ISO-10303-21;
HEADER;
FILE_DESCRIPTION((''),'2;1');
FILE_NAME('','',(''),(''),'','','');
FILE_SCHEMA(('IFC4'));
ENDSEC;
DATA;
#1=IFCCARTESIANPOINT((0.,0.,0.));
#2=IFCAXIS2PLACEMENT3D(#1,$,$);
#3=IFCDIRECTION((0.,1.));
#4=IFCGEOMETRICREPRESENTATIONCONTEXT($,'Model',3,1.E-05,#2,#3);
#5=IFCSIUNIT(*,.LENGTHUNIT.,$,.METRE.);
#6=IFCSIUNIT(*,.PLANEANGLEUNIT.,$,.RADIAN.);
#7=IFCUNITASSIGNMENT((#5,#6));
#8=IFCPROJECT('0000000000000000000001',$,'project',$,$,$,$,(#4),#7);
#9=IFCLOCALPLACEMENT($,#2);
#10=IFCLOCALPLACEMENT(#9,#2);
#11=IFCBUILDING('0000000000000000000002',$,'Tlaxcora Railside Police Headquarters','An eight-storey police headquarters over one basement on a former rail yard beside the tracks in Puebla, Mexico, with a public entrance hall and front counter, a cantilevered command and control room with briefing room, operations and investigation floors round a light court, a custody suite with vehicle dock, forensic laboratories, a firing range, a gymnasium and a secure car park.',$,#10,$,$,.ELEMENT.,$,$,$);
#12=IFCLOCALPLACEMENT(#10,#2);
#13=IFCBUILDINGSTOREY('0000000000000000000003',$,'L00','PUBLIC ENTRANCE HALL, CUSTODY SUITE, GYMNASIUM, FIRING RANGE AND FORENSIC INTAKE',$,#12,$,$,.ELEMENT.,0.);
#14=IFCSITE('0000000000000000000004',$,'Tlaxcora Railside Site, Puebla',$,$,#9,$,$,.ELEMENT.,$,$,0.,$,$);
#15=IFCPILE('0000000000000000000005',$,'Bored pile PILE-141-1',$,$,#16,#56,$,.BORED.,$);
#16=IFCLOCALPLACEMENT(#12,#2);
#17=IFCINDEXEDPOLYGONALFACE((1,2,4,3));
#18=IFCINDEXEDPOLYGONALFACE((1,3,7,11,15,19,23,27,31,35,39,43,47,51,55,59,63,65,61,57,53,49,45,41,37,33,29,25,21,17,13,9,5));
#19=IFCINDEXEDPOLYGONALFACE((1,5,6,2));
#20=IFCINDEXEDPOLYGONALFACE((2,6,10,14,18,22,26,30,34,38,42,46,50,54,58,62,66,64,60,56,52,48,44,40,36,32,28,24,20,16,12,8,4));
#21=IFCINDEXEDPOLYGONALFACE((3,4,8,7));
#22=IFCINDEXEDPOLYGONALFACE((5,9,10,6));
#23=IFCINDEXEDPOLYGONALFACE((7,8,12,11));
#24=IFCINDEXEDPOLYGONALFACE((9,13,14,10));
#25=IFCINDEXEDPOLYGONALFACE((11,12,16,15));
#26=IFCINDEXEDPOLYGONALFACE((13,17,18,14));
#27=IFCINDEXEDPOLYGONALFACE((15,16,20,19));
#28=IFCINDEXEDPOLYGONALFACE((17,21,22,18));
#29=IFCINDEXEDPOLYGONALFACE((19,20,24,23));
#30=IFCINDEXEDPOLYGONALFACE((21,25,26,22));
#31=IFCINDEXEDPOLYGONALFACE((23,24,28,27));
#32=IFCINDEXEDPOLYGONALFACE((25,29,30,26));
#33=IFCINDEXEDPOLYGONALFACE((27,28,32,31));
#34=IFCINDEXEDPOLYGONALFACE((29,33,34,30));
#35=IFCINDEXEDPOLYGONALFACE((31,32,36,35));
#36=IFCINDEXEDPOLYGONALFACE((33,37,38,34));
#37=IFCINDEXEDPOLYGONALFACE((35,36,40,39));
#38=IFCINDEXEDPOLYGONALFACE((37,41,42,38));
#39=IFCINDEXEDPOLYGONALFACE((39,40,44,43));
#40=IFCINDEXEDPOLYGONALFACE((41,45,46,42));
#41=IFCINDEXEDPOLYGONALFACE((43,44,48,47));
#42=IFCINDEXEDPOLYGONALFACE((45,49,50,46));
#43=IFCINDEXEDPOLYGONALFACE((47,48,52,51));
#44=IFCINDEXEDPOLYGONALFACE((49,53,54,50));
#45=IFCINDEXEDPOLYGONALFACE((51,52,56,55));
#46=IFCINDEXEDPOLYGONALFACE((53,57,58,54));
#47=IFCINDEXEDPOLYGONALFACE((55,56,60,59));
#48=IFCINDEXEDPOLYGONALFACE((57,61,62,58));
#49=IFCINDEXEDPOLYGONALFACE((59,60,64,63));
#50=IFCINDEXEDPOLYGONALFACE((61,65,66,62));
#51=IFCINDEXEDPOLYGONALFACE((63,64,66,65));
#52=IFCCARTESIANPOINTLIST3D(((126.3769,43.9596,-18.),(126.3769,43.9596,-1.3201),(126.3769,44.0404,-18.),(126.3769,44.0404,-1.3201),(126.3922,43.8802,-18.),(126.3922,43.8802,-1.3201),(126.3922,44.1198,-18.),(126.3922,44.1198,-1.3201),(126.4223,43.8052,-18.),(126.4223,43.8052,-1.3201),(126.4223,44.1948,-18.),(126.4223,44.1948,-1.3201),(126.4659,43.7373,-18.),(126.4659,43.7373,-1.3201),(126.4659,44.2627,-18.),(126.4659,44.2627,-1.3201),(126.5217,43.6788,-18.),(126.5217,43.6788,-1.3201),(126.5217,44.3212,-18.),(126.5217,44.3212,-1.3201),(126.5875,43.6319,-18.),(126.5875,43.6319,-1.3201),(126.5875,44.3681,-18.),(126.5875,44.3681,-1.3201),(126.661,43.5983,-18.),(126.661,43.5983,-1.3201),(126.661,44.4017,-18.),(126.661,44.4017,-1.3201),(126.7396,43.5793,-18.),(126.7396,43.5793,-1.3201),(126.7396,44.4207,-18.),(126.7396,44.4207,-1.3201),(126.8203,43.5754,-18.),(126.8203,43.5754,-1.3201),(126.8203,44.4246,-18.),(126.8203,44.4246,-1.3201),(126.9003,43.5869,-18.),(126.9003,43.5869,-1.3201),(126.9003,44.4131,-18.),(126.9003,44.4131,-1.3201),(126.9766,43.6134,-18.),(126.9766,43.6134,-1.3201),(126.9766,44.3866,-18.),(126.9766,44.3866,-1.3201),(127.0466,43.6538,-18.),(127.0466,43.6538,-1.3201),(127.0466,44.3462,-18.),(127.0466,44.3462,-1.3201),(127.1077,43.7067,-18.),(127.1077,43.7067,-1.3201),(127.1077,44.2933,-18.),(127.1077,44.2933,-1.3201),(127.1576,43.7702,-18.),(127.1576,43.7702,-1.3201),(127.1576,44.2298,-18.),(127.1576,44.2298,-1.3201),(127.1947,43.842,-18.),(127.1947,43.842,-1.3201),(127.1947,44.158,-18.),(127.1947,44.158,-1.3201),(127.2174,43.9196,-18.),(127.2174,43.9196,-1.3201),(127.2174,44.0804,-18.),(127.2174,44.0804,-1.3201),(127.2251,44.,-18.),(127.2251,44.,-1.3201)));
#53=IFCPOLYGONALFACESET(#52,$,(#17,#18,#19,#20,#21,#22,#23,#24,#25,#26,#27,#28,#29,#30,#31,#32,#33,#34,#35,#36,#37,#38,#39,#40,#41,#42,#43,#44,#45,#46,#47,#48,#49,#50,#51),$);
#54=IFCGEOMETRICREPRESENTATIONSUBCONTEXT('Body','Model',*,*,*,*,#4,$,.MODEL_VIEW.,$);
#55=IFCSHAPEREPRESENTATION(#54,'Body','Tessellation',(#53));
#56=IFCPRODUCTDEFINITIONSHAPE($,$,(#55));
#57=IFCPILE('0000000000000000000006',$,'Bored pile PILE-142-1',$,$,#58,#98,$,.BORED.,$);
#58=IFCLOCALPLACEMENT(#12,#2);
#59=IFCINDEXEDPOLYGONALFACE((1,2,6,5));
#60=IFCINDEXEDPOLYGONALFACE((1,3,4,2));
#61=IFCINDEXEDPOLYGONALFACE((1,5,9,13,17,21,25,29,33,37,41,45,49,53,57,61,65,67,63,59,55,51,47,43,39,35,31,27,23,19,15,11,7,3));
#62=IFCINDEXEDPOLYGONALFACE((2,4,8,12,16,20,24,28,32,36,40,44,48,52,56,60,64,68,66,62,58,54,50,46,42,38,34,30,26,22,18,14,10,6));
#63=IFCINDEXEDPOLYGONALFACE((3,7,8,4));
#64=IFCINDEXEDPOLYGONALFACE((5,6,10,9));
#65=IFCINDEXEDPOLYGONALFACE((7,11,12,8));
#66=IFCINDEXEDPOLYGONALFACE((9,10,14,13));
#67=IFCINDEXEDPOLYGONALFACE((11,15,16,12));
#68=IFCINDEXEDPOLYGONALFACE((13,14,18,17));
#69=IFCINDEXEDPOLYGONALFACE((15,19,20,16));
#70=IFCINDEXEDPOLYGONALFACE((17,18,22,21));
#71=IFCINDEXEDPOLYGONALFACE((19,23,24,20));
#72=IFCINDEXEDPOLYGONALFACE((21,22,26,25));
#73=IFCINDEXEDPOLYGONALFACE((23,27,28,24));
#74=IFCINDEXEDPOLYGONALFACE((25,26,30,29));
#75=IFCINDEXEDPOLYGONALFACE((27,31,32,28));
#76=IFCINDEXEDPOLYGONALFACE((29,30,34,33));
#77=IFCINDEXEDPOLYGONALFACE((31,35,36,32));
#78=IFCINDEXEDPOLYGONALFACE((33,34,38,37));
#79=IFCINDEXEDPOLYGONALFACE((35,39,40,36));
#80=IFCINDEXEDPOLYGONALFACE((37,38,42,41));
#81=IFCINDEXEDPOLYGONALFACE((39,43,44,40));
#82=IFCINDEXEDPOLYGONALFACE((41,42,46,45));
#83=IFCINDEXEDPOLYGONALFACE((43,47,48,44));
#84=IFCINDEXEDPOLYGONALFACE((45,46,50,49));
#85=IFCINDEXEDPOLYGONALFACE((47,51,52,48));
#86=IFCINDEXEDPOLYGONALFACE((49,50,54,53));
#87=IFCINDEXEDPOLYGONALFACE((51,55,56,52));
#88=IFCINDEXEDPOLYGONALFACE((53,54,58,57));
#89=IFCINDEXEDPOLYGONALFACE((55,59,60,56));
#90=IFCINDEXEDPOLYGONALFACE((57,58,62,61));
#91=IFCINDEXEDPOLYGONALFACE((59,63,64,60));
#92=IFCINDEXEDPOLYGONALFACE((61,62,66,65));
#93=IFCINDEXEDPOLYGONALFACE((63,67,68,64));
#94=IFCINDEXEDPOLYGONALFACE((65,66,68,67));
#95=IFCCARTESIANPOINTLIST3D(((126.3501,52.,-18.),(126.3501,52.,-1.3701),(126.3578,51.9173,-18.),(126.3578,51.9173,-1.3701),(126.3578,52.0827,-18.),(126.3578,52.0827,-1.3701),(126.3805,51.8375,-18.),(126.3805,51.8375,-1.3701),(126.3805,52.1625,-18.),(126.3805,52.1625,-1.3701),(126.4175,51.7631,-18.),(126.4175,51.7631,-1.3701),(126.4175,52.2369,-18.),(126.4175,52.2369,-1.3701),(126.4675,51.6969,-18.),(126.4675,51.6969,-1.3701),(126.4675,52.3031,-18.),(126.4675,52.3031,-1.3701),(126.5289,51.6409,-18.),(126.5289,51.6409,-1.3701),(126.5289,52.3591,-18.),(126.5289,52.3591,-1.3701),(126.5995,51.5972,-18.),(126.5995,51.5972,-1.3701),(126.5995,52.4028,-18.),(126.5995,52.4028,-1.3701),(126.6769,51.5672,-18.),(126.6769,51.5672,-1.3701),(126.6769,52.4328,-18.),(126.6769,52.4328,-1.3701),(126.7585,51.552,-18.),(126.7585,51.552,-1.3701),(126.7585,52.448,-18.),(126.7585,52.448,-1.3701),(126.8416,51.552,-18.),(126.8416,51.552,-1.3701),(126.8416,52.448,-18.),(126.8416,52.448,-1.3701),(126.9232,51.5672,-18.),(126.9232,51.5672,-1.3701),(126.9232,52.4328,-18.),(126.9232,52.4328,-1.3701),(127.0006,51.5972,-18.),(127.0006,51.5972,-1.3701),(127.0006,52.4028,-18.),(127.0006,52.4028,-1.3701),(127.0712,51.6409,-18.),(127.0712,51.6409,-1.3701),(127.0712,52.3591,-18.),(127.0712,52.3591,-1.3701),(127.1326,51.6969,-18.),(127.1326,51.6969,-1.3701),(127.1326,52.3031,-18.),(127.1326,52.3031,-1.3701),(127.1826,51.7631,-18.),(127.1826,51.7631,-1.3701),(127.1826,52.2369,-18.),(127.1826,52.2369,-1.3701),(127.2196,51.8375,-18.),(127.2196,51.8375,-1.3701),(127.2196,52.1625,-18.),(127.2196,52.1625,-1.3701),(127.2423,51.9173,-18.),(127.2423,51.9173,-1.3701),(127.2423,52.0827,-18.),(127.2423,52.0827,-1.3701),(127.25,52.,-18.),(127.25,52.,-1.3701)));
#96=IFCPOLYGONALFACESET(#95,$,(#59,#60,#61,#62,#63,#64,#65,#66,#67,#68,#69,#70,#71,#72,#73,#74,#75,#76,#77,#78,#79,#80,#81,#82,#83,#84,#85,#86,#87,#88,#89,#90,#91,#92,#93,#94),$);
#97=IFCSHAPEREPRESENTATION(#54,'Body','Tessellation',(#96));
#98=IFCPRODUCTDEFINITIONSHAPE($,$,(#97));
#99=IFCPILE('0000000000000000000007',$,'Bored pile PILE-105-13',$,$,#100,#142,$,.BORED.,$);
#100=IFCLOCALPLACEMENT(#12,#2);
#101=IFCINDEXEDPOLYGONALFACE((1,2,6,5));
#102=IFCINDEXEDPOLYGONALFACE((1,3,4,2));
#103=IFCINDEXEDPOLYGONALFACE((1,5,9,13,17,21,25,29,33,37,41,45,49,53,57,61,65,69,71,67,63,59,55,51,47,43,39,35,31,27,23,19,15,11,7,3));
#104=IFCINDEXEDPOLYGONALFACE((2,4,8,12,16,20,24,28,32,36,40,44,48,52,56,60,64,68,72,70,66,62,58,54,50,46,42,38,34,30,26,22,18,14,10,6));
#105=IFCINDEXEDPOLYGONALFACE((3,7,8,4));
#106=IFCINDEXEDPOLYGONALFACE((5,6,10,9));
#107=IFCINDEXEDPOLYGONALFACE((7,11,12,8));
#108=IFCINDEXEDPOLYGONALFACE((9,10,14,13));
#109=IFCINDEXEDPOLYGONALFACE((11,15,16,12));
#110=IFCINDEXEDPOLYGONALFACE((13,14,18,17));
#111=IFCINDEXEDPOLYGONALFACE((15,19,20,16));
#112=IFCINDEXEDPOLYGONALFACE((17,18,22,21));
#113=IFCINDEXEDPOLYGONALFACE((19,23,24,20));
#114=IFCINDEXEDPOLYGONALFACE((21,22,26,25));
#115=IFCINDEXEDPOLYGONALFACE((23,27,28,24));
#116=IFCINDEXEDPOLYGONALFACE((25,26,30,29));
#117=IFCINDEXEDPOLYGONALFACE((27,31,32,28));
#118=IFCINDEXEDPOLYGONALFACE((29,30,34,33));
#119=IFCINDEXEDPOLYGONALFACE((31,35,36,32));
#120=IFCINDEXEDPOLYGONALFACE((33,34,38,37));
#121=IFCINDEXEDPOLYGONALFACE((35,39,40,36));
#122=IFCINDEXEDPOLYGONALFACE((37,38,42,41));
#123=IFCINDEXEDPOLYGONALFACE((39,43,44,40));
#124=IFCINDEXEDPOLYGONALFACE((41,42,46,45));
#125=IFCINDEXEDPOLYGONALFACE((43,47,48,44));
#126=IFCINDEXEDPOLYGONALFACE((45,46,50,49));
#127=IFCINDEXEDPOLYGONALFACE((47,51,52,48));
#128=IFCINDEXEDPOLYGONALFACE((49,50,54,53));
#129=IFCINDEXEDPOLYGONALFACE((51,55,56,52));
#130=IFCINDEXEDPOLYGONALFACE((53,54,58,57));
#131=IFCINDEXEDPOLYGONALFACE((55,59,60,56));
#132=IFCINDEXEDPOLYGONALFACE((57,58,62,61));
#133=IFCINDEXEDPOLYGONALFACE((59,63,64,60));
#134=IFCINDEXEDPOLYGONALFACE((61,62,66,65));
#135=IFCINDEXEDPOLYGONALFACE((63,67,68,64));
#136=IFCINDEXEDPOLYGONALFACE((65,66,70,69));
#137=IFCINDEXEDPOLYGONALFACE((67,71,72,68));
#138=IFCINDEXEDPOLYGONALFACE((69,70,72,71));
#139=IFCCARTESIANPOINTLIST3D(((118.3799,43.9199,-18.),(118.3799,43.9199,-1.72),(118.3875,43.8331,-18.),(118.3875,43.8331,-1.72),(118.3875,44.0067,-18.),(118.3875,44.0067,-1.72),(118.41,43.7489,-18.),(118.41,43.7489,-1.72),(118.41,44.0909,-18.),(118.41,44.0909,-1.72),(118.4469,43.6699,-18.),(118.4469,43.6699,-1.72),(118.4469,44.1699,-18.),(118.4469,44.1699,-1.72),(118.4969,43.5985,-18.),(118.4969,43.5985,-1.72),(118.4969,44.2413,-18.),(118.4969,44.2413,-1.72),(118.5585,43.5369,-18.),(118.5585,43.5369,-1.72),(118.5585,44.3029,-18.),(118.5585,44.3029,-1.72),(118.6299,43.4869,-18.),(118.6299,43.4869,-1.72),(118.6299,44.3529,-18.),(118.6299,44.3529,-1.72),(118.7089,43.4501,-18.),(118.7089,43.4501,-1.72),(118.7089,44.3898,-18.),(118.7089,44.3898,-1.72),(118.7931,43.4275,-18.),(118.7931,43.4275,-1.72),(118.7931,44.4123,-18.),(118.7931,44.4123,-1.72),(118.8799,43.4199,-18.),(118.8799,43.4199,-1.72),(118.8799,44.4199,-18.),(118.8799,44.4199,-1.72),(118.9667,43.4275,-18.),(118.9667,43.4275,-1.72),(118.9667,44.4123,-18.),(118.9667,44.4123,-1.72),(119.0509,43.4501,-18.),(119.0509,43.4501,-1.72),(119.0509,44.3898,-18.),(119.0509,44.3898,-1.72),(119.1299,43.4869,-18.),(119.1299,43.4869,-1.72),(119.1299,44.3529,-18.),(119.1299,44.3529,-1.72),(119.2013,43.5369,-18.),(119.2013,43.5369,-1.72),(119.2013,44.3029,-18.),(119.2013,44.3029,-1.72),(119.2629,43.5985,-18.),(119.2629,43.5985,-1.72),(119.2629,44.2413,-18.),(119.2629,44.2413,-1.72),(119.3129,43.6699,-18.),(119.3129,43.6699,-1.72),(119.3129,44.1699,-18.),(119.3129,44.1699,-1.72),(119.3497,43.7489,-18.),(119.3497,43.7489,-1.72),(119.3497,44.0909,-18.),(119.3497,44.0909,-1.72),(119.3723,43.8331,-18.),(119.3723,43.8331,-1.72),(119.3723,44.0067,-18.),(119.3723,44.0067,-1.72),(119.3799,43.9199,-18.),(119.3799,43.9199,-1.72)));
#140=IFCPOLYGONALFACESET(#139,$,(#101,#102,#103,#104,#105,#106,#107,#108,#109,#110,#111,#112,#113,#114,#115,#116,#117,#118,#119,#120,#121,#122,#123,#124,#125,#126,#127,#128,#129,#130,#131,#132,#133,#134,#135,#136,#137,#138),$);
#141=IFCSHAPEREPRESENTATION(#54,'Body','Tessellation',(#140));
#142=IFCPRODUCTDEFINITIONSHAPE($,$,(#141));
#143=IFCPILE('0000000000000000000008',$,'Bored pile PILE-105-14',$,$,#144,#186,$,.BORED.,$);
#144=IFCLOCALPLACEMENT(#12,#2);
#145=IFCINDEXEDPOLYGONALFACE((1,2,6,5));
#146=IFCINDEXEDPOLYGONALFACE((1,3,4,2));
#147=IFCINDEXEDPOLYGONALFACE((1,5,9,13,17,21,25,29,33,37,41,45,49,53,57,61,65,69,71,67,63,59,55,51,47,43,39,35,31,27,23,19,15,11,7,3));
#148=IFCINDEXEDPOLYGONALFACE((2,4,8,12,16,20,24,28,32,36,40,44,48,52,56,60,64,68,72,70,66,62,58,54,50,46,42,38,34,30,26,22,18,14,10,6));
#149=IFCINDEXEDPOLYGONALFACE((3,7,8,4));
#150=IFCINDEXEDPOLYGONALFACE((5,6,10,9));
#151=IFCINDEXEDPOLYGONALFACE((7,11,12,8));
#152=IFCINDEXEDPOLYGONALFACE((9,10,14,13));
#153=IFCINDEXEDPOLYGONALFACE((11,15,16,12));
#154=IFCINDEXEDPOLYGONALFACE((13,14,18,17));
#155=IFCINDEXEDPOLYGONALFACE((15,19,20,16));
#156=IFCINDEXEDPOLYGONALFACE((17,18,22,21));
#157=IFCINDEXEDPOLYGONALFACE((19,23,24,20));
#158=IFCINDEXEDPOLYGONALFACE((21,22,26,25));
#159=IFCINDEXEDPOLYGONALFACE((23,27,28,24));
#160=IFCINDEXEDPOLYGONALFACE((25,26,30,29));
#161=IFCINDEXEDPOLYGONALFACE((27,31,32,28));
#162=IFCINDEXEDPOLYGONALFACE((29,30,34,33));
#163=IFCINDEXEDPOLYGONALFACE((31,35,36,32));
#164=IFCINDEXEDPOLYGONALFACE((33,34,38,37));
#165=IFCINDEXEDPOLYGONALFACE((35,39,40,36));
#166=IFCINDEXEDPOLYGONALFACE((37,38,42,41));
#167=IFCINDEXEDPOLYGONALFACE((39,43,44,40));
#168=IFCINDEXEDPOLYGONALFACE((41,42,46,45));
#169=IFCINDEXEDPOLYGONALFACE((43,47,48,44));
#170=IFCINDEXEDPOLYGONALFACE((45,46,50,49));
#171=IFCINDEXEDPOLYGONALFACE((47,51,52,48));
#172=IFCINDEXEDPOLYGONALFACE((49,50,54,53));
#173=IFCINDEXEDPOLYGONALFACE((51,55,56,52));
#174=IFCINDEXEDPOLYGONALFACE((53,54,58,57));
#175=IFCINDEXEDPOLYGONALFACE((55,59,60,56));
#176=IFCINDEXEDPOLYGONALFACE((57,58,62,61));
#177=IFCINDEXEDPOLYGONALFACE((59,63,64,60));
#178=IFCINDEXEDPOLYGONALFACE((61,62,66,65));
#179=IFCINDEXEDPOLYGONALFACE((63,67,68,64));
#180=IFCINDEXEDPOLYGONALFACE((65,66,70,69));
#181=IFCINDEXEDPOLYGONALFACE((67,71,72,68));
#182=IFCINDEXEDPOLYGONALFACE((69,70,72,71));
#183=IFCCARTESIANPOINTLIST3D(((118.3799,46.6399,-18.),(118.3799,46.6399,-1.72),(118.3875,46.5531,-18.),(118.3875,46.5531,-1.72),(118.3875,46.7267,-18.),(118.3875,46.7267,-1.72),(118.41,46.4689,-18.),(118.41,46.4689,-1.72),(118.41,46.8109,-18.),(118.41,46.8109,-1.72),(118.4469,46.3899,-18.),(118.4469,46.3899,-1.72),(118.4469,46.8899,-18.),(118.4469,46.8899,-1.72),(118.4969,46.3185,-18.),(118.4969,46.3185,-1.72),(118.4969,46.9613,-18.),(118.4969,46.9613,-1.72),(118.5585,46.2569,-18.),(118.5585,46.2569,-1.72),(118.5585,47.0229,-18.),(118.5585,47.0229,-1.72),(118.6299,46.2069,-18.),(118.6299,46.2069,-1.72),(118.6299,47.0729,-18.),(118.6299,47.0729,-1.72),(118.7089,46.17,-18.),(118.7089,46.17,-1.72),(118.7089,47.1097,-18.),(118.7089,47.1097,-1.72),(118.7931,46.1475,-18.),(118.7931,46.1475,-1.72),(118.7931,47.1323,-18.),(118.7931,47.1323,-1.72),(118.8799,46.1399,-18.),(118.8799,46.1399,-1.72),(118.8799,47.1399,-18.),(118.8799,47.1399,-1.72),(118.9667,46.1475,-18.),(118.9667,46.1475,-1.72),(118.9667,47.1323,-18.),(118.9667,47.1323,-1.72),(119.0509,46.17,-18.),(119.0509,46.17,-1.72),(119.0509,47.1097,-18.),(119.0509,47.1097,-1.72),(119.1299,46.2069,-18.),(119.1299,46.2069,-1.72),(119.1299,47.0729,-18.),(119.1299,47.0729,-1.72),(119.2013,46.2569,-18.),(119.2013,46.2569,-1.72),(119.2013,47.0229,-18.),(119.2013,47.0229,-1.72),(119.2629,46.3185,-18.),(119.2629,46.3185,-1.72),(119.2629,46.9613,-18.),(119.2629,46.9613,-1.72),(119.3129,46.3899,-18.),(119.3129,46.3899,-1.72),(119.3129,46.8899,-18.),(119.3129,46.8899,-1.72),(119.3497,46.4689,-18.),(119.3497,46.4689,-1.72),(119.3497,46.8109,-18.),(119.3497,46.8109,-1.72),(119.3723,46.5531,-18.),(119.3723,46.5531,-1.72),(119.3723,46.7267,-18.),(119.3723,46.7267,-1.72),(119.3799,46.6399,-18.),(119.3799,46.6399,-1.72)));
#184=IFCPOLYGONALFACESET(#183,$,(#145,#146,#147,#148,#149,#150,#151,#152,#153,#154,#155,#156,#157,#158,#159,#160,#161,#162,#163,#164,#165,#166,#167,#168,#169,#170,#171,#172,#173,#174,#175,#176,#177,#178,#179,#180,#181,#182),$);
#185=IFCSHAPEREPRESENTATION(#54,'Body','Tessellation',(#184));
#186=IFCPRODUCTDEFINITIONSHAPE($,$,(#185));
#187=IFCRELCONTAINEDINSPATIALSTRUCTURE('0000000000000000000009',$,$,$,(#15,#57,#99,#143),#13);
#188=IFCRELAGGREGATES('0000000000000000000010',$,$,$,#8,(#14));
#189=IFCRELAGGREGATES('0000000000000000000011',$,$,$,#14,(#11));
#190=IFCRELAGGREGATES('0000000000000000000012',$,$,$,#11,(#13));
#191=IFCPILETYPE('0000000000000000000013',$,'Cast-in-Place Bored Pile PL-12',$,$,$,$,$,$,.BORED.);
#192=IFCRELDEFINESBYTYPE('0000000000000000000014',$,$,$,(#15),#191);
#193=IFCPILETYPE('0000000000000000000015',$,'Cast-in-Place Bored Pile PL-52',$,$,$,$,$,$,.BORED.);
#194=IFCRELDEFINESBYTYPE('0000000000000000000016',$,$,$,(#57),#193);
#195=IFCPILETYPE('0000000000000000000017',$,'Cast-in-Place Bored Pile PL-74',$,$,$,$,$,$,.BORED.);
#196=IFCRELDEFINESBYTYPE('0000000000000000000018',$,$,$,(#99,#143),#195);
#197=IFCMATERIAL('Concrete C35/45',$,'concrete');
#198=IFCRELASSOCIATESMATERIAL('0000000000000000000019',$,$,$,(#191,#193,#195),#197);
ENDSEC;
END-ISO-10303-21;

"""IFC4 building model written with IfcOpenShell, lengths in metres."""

from ifc_helpers import new_model, si_unit, direction, frame, origin, origin_2d, place, context, subcontext, project, spatial, circle, extrude, material, material_profile, profile_set, type_object, element, save


model = new_model("IFC4")

# Units and contexts
model_context = context("Model", 3, precision=1e-05, world=origin(), true_north=direction((0.0, 1.0)))
body_context = subcontext(model_context, "Body", "Model", "MODEL_VIEW")
ifc_project = project(units=[si_unit("LENGTHUNIT", "METRE"), si_unit("PLANEANGLEUNIT", "RADIAN")], contexts=[model_context])

# Site, building, storey
site_placement = place(None, origin())
site = spatial("IfcSite", under=ifc_project, at=site_placement, Name="Tlaxcora Railside Site, Puebla", CompositionType="ELEMENT", RefElevation=0.0)
building_placement = place(site_placement, origin())
building = spatial("IfcBuilding", under=site, at=building_placement, Name="Tlaxcora Railside Police Headquarters", Description="An eight-storey police headquarters over one basement on a former rail yard beside the tracks in Puebla, Mexico, with a public entrance hall and front counter, a cantilevered command and control room with briefing room, operations and investigation floors round a light court, a custody suite with vehicle dock, forensic laboratories, a firing range, a gymnasium and a secure car park.", CompositionType="ELEMENT")
storey_placement = place(building_placement, origin())
storey = spatial("IfcBuildingStorey", under=building, at=storey_placement, Name="L00", Description="PUBLIC ENTRANCE HALL, CUSTODY SUITE, GYMNASIUM, FIRING RANGE AND FORENSIC INTAKE", CompositionType="ELEMENT", Elevation=0.0)

# Piles
ifc_material_1 = material(Name="Concrete C35/45", Category="concrete")
ifc_material_profile_1 = material_profile(ifc_material_1, circle(Radius=0.425, at=origin_2d()), Name="PILE850")
ifc_profile_set_1 = profile_set([ifc_material_profile_1], Name="Concrete C35/45")
pile_type_1 = type_object("IfcPileType", Name="Cast-in-Place Bored Pile PL-12", PredefinedType="BORED", material=ifc_profile_set_1)
pile_1_placement = place(storey_placement, frame((126.8, 44.0, -1.3201), z_axis=(0.0, 0.0, -1.0), x_axis=(1.0, 0.0, 0.0)))
element("IfcPile", 1, at=pile_1_placement, inside=storey, type_object=pile_type_1, Name="Bored pile PILE-141-1", PredefinedType="BORED", context=body_context, shape_type="SweptSolid", body=[
    extrude(circle(Radius=0.425, at=origin_2d()), origin(), (0.0, 0.0, 1.0), 16.6799),
])
ifc_material_profile_2 = material_profile(ifc_material_1, circle(Radius=0.45, at=origin_2d()), Name="PILE900")
ifc_profile_set_2 = profile_set([ifc_material_profile_2], Name="Concrete C35/45")
pile_type_2 = type_object("IfcPileType", Name="Cast-in-Place Bored Pile PL-52", PredefinedType="BORED", material=ifc_profile_set_2)
pile_2_placement = place(storey_placement, frame((126.8, 52.0, -1.3701), z_axis=(0.0, 0.0, -1.0), x_axis=(1.0, 0.0, 0.0)))
element("IfcPile", 2, at=pile_2_placement, inside=storey, type_object=pile_type_2, Name="Bored pile PILE-142-1", PredefinedType="BORED", context=body_context, shape_type="SweptSolid", body=[
    extrude(circle(Radius=0.45, at=origin_2d()), origin(), (0.0, 0.0, 1.0), 16.6299),
])
ifc_material_profile_3 = material_profile(ifc_material_1, circle(Radius=0.5, at=origin_2d()), Name="PILE1000")
ifc_profile_set_3 = profile_set([ifc_material_profile_3], Name="Concrete C35/45")
pile_type_3 = type_object("IfcPileType", Name="Cast-in-Place Bored Pile PL-74", PredefinedType="BORED", material=ifc_profile_set_3)
for number, where, z_axis, x_axis, name in (
    (3, (118.8799, 43.9199, -1.72), (0.0, 0.0, -1.0), (1.0, 0.0, 0.0), "Bored pile PILE-105-13"),
    (4, (118.8799, 46.6399, -1.72), (0.0, 0.0, -1.0), (1.0, 0.0, 0.0), "Bored pile PILE-105-14"),
):
    element("IfcPile", number, at=place(storey_placement, frame(where, z_axis=z_axis, x_axis=x_axis)), inside=storey, type_object=pile_type_3, Name=name, PredefinedType="BORED", context=body_context, shape_type="SweptSolid", body=[
        extrude(circle(Radius=0.5, at=origin_2d()), origin(), (0.0, 0.0, 1.0), 16.28),
    ])

save(model, "model.ifc")
